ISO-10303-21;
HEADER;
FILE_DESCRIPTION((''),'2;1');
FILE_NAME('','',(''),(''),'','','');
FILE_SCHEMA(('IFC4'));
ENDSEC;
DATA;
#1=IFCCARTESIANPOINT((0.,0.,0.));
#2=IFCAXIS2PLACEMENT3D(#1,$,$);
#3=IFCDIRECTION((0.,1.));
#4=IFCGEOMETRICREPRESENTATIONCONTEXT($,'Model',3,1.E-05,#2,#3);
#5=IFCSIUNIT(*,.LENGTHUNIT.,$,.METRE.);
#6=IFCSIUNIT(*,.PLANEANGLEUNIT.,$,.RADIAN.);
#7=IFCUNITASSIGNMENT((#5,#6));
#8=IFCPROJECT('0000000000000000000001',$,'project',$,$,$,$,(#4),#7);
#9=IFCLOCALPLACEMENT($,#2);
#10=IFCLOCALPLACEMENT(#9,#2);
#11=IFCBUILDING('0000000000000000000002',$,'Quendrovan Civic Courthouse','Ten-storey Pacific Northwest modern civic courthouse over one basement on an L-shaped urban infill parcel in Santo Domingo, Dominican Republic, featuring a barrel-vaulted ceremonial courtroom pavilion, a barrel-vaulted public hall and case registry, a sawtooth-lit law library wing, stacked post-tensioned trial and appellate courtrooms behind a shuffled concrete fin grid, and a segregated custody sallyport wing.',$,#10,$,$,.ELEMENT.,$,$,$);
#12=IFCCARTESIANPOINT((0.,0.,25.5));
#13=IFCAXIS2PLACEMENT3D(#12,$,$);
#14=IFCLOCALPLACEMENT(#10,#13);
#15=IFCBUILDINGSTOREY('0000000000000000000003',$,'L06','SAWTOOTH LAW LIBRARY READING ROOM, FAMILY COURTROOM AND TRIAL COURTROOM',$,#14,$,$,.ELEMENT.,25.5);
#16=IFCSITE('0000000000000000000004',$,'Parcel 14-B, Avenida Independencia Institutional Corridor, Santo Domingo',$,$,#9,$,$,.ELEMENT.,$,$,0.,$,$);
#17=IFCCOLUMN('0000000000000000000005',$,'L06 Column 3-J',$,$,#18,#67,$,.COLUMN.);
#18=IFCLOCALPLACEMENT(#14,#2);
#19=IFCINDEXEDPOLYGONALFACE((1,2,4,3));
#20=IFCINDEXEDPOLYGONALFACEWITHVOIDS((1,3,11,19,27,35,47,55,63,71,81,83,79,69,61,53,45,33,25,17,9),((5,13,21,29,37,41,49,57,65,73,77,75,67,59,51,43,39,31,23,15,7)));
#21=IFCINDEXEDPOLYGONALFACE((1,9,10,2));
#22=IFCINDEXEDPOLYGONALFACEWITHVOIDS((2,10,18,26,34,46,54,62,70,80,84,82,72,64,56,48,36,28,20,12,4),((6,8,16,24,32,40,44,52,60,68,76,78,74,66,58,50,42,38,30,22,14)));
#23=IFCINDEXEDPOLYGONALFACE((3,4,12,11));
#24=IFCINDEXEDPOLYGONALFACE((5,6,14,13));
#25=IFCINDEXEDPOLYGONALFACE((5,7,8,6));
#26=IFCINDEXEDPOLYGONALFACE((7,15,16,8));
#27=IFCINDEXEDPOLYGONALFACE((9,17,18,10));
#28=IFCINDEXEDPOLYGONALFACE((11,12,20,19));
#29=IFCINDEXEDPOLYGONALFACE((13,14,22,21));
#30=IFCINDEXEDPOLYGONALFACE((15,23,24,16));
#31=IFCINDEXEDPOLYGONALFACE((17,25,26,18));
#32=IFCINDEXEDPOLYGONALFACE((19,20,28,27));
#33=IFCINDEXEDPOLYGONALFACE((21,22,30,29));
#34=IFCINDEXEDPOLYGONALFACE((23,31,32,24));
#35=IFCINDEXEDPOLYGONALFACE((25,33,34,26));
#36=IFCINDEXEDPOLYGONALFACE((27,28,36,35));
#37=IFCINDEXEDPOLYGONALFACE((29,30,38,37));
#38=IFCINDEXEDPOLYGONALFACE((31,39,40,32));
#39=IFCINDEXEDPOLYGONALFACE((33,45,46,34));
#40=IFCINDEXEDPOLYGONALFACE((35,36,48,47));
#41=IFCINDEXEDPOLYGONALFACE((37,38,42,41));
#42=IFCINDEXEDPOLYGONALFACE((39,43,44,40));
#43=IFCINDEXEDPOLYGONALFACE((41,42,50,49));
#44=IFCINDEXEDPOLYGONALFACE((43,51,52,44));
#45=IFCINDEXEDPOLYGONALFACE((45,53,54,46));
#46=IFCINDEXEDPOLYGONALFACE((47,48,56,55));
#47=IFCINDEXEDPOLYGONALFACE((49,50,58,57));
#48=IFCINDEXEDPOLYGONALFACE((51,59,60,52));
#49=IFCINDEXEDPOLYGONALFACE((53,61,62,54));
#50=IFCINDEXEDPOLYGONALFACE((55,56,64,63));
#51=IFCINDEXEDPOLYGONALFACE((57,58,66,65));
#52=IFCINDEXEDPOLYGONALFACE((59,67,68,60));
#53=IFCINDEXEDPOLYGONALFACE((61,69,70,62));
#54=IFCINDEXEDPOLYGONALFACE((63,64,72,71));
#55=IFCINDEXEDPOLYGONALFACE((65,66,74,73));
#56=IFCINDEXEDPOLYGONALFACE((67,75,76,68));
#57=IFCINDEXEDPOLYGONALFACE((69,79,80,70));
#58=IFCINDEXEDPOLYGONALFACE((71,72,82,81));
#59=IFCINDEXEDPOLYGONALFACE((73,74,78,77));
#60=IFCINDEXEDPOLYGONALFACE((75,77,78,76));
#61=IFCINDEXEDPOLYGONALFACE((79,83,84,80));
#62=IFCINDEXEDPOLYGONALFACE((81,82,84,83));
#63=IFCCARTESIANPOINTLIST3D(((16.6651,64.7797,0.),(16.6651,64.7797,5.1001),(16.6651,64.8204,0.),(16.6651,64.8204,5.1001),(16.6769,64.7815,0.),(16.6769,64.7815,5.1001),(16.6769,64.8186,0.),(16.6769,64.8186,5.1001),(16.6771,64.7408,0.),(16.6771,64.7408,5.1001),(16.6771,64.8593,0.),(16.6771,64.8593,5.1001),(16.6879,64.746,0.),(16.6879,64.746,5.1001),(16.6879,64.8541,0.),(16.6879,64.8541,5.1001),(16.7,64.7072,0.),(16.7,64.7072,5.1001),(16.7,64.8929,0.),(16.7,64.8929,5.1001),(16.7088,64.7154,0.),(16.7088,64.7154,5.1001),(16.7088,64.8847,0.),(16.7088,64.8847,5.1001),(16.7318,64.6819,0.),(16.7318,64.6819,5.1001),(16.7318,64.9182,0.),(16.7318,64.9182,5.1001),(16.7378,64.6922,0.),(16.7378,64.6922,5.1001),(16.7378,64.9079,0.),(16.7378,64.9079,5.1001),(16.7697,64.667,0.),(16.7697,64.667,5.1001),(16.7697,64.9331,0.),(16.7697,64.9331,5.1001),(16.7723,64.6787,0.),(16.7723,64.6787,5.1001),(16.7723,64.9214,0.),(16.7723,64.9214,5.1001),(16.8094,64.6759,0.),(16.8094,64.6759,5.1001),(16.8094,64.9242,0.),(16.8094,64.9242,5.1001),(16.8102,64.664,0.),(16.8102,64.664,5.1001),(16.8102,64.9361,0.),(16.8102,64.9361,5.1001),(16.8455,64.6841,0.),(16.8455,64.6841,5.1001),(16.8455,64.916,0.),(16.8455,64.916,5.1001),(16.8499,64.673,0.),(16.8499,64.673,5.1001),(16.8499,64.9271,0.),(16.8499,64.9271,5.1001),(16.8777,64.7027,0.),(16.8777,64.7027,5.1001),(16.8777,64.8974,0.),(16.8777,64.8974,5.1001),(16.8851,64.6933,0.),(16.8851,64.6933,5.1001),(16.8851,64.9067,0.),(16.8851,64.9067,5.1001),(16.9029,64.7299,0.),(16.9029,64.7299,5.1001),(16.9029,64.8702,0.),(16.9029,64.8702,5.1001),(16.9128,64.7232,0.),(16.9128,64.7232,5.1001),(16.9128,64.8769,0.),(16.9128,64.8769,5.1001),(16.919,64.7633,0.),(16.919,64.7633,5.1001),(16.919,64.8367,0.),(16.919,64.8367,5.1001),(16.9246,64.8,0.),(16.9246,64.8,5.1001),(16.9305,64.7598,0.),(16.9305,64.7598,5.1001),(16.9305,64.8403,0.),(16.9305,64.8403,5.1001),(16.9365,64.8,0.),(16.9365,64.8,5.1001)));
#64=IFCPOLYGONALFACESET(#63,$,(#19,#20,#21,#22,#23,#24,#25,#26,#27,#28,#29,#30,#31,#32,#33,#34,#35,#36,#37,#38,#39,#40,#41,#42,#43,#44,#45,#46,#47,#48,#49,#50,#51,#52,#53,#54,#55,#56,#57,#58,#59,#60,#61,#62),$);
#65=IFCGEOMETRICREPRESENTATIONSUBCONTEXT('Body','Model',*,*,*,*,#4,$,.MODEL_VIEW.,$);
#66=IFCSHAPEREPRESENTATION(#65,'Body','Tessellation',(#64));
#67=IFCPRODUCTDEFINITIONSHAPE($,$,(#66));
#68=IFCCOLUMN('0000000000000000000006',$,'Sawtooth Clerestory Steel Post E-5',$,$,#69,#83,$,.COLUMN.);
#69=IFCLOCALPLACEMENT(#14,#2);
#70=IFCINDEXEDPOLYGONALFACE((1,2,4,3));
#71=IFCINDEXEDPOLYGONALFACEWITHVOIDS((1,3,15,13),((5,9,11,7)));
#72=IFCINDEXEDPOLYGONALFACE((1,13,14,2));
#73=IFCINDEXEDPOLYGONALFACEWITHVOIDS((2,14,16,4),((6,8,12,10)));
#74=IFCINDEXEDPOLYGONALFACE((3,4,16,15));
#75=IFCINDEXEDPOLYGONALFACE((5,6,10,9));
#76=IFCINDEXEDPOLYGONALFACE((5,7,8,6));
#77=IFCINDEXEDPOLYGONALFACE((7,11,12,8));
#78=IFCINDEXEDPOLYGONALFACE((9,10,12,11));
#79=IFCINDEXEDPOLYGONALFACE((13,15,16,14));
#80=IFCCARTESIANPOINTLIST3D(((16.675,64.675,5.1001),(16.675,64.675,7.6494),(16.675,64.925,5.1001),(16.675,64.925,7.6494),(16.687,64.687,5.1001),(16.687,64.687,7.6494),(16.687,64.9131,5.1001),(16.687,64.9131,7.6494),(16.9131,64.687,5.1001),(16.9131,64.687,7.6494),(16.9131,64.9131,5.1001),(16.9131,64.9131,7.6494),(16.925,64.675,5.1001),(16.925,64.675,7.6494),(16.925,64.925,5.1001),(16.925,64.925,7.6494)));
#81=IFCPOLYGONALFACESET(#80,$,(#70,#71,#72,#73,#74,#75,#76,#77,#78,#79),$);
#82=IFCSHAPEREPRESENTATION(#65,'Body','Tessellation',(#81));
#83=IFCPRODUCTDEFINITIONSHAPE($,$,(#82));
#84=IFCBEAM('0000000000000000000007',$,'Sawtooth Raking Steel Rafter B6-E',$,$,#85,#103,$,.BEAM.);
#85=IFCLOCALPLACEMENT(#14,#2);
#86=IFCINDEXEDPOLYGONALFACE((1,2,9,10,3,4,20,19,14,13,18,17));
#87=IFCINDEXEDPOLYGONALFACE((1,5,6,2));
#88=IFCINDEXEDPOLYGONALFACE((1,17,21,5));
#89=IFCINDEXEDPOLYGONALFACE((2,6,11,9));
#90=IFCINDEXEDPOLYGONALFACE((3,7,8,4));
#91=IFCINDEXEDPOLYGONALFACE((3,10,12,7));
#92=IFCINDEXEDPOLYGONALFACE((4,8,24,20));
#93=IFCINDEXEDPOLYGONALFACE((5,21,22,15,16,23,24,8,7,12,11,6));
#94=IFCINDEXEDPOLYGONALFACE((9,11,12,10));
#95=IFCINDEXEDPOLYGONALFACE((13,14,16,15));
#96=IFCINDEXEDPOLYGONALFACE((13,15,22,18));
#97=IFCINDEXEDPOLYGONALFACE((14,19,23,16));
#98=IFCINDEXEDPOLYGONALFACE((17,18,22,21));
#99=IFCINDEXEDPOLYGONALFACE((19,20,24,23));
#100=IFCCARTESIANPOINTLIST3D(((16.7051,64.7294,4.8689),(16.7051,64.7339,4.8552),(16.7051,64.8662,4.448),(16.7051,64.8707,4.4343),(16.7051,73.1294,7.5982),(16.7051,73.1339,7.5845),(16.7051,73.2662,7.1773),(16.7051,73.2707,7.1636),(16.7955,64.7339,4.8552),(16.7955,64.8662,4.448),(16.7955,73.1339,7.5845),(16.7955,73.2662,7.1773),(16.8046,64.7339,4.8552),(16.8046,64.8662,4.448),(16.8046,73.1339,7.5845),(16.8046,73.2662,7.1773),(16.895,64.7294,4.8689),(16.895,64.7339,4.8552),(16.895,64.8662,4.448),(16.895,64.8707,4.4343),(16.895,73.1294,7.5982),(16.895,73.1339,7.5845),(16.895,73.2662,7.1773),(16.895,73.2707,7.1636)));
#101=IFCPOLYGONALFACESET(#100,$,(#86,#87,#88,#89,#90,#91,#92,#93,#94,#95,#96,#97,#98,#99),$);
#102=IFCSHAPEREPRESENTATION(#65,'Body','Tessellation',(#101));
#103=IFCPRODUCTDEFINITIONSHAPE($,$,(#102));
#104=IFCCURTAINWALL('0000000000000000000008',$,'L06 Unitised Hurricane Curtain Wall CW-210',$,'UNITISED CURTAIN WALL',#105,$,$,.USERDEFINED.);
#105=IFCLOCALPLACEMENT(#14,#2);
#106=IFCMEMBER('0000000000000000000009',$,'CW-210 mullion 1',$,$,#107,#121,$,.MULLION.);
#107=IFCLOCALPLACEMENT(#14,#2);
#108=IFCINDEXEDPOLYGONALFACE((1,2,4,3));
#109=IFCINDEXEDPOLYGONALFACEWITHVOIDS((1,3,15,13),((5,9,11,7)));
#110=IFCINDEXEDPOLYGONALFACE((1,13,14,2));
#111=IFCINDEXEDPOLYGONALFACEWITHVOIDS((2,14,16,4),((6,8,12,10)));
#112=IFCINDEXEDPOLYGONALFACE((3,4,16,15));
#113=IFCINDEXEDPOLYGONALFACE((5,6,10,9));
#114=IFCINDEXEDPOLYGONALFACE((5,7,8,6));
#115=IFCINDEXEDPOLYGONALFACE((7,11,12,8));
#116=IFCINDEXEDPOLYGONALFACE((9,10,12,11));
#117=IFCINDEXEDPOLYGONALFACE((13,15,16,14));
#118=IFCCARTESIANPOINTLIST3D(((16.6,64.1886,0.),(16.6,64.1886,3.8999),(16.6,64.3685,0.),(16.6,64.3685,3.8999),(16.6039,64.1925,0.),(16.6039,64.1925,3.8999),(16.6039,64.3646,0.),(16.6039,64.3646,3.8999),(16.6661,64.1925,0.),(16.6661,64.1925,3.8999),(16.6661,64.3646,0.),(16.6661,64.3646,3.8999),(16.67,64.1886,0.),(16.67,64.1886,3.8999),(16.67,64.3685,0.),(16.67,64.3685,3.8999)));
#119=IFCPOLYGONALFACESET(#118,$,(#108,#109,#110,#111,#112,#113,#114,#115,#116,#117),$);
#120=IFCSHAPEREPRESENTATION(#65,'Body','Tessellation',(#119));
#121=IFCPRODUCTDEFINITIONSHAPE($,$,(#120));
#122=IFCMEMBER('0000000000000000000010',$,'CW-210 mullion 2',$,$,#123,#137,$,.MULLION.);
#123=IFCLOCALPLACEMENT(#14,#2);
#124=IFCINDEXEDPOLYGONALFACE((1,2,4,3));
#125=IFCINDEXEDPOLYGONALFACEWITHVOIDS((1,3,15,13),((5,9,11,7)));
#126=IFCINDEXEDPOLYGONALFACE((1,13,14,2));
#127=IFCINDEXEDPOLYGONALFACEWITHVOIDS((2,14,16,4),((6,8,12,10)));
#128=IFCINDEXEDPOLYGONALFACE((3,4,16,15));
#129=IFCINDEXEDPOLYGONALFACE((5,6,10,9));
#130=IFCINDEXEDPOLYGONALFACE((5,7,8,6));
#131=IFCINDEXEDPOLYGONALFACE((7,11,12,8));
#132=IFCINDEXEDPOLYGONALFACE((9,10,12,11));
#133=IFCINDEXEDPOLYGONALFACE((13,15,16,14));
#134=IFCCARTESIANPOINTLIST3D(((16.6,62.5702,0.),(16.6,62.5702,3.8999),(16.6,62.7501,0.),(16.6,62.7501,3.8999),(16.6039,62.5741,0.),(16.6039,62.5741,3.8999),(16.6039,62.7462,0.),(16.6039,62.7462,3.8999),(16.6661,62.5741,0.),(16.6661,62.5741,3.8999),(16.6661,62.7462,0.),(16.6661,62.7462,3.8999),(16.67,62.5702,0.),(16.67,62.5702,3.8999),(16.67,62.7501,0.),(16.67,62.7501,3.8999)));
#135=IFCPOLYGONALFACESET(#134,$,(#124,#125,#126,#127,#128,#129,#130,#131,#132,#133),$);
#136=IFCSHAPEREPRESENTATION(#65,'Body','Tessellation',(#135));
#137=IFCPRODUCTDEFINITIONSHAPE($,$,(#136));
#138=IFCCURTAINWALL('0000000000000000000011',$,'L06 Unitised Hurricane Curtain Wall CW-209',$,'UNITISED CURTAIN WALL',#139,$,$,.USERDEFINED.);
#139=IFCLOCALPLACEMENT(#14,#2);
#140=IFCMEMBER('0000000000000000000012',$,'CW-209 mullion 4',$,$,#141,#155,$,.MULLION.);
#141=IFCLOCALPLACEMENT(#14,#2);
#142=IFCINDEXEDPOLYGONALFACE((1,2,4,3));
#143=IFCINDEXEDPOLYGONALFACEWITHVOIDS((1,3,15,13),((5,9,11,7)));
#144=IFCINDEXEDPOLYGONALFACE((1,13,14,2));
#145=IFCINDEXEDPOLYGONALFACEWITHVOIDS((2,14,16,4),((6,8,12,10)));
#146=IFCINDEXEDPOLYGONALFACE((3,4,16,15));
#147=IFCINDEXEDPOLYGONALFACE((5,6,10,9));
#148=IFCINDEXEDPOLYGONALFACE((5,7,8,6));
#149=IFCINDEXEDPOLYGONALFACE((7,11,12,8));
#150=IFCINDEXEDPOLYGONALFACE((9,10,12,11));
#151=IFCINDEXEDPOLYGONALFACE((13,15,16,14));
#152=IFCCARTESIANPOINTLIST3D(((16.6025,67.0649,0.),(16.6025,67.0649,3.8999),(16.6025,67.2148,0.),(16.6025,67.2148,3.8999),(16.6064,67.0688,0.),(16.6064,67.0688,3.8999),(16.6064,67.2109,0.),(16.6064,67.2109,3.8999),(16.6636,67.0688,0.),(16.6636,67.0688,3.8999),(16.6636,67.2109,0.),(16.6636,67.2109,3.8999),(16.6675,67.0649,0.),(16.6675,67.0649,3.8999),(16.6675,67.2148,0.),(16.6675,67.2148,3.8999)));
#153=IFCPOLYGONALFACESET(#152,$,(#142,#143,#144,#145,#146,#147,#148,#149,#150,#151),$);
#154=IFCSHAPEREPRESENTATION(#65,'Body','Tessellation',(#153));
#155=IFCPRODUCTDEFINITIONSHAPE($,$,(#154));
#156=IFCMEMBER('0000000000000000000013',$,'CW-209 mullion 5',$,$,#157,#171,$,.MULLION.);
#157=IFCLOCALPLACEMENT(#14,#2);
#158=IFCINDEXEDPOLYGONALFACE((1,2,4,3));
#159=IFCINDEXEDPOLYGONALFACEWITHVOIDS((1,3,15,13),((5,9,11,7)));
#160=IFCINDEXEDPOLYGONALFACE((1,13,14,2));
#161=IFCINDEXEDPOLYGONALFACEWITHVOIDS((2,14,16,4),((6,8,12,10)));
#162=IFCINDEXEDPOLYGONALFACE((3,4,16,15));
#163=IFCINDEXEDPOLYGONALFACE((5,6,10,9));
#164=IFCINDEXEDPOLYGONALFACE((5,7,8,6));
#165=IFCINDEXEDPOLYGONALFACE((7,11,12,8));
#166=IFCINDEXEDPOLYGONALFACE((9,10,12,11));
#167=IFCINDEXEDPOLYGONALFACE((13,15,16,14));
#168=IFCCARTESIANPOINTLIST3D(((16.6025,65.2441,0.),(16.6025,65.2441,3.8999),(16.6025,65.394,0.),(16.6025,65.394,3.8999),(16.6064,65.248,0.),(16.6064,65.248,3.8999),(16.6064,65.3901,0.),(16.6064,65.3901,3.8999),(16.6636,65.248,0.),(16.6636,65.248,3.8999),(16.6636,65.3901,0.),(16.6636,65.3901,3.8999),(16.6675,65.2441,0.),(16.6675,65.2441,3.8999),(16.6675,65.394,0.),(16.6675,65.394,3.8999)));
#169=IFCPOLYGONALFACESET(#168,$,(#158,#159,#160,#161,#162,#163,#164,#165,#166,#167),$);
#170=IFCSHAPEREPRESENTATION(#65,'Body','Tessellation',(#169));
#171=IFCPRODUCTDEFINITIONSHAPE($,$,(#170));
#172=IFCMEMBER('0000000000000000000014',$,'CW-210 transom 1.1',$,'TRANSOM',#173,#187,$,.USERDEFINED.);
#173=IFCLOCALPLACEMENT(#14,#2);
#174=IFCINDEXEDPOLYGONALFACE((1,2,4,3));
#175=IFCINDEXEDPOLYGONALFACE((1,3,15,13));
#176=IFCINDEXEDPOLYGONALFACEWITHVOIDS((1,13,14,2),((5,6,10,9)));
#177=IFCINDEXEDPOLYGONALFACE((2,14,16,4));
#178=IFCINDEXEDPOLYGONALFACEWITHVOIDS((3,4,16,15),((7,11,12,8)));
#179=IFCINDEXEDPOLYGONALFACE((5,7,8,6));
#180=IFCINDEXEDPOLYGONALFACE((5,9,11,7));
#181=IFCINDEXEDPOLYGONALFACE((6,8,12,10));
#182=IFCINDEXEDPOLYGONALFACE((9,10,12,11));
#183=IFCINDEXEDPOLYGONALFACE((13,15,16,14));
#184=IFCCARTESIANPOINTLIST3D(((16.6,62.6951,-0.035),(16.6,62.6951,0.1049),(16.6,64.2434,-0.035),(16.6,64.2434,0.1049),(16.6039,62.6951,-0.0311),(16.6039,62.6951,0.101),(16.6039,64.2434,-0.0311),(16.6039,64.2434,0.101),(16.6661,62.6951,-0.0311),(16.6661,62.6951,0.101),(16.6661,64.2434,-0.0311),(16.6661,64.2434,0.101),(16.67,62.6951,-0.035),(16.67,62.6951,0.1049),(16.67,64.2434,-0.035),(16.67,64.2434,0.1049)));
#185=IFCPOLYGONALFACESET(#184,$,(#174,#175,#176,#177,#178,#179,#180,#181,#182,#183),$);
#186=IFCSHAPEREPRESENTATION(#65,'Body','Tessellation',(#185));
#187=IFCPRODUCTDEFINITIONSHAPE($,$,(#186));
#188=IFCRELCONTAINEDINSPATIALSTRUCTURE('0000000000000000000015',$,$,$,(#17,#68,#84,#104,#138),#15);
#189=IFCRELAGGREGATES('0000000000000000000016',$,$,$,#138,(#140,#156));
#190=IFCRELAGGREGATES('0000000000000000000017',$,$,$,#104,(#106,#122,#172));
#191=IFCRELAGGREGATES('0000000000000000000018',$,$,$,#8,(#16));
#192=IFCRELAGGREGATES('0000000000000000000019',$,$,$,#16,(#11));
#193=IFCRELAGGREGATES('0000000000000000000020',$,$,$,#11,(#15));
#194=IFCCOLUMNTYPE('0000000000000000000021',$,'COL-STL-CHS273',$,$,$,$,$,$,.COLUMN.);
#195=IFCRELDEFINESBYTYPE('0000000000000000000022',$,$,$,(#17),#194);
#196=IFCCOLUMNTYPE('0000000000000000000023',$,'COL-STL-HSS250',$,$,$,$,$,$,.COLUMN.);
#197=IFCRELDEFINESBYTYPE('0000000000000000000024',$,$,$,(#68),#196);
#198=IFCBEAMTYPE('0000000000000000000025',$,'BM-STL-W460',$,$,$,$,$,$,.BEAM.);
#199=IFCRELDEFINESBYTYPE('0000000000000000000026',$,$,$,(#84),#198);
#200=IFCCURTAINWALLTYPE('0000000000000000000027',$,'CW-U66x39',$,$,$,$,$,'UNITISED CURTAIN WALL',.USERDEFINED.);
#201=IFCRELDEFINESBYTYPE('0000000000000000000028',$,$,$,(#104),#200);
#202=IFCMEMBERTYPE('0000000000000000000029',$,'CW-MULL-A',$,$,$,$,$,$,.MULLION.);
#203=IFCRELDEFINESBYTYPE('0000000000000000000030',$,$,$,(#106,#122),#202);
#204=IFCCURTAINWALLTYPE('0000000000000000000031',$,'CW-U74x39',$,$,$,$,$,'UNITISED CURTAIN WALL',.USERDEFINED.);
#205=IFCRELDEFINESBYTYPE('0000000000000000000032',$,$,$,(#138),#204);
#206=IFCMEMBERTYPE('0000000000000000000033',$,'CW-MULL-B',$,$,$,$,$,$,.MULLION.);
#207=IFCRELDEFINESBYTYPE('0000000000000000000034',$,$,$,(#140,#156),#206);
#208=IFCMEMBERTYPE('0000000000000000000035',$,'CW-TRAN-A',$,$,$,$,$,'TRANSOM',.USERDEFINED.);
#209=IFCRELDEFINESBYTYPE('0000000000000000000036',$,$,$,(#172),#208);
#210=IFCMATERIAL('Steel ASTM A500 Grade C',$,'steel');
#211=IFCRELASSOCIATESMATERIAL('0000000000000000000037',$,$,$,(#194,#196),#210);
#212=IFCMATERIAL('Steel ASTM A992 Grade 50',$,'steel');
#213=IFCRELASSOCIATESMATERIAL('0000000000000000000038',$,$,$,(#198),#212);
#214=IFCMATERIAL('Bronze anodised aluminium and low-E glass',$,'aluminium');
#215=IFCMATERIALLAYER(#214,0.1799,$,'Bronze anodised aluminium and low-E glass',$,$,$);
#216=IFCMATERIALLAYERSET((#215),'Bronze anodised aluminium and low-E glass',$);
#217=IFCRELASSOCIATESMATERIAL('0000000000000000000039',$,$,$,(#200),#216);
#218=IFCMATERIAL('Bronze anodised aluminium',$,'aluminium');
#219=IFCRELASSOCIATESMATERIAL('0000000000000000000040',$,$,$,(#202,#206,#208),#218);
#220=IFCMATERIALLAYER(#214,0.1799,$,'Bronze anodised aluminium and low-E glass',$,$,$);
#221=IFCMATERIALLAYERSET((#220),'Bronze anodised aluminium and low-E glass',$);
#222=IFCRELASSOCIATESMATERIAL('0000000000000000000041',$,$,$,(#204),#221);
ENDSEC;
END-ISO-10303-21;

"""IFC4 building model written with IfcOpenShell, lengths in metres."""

from ifc_helpers import new_model, si_unit, direction, frame, origin, origin_2d, place, context, subcontext, project, spatial, hollow_rectangle, hollow_circle, i_section, extrude, material, layer, layer_set, material_profile, profile_set, type_object, element, aggregate, save


model = new_model("IFC4")

# Units and contexts
model_context = context("Model", 3, precision=1e-05, world=origin(), true_north=direction((0.0, 1.0)))
body_context = subcontext(model_context, "Body", "Model", "MODEL_VIEW")
ifc_project = project(units=[si_unit("LENGTHUNIT", "METRE"), si_unit("PLANEANGLEUNIT", "RADIAN")], contexts=[model_context])

# Site, building, storey
site_placement = place(None, origin())
site = spatial("IfcSite", under=ifc_project, at=site_placement, Name="Parcel 14-B, Avenida Independencia Institutional Corridor, Santo Domingo", CompositionType="ELEMENT", RefElevation=0.0)
building_placement = place(site_placement, origin())
building = spatial("IfcBuilding", under=site, at=building_placement, Name="Quendrovan Civic Courthouse", Description="Ten-storey Pacific Northwest modern civic courthouse over one basement on an L-shaped urban infill parcel in Santo Domingo, Dominican Republic, featuring a barrel-vaulted ceremonial courtroom pavilion, a barrel-vaulted public hall and case registry, a sawtooth-lit law library wing, stacked post-tensioned trial and appellate courtrooms behind a shuffled concrete fin grid, and a segregated custody sallyport wing.", CompositionType="ELEMENT")
storey_placement = place(building_placement, frame((0.0, 0.0, 25.5)))
storey = spatial("IfcBuildingStorey", under=building, at=storey_placement, Name="L06", Description="SAWTOOTH LAW LIBRARY READING ROOM, FAMILY COURTROOM AND TRIAL COURTROOM", CompositionType="ELEMENT", Elevation=25.5)

# Columns
ifc_material_1 = material(Name="Steel ASTM A500 Grade C", Category="steel")
ifc_material_profile_1 = material_profile(ifc_material_1, hollow_circle(Radius=0.1365, WallThickness=0.012, at=origin_2d()), Name="CHS273x12")
ifc_profile_set_1 = profile_set([ifc_material_profile_1], Name="Steel ASTM A500 Grade C")
column_type_1 = type_object("IfcColumnType", Name="COL-STL-CHS273", PredefinedType="COLUMN", material=ifc_profile_set_1)
column_1_placement = place(storey_placement, frame((16.8, 64.8, 0.0), z_axis=(0.0, 0.0, 1.0), x_axis=(1.0, 0.0, 0.0)))
element("IfcColumn", 1, at=column_1_placement, inside=storey, type_object=column_type_1, Name="L06 Column 3-J", PredefinedType="COLUMN", context=body_context, shape_type="SweptSolid", body=[
    extrude(hollow_circle(Radius=0.1365, WallThickness=0.012, at=origin_2d()), origin(), (0.0, 0.0, 1.0), 5.1001),
])
ifc_material_profile_2 = material_profile(ifc_material_1, hollow_rectangle(XDim=0.25, YDim=0.25, WallThickness=0.012, at=origin_2d()), Name="HSS250x250x12")
ifc_profile_set_2 = profile_set([ifc_material_profile_2], Name="Steel ASTM A500 Grade C")
column_type_2 = type_object("IfcColumnType", Name="COL-STL-HSS250", PredefinedType="COLUMN", material=ifc_profile_set_2)
column_2_placement = place(storey_placement, frame((16.8, 64.8, 5.1001), z_axis=(0.0, 0.0, 1.0), x_axis=(1.0, 0.0, 0.0)))
element("IfcColumn", 2, at=column_2_placement, inside=storey, type_object=column_type_2, Name="Sawtooth Clerestory Steel Post E-5", PredefinedType="COLUMN", context=body_context, shape_type="SweptSolid", body=[
    extrude(hollow_rectangle(XDim=0.25, YDim=0.25, WallThickness=0.012, at=origin_2d()), origin(), (0.0, 0.0, 1.0), 2.5493),
])

# Beam
ifc_material_2 = material(Name="Steel ASTM A992 Grade 50", Category="steel")
ifc_material_profile_3 = material_profile(ifc_material_2, i_section(OverallWidth=0.1899, OverallDepth=0.457, WebThickness=0.009, FlangeThickness=0.0144, at=origin_2d()), Name="W460x74")
ifc_profile_set_3 = profile_set([ifc_material_profile_3], Name="Steel ASTM A992 Grade 50")
beam_type = type_object("IfcBeamType", Name="BM-STL-W460", PredefinedType="BEAM", material=ifc_profile_set_3)
beam_placement = place(storey_placement, frame((16.8, 64.8, 4.6516), z_axis=(0.0, 0.951058, 0.309012), x_axis=(-1.0, 0.0, 0.0)))
element("IfcBeam", 3, at=beam_placement, inside=storey, type_object=beam_type, Name="Sawtooth Raking Steel Rafter B6-E", PredefinedType="BEAM", context=body_context, shape_type="SweptSolid", body=[
    extrude(i_section(OverallWidth=0.1899, OverallDepth=0.457, WebThickness=0.009, FlangeThickness=0.0144, at=origin_2d()), origin(), (0.0, 0.0, 1.0), 8.8323),
])

# Curtain walls, members
ifc_material_3 = material(Name="Bronze anodised aluminium and low-E glass", Category="aluminium")
ifc_layer_1 = layer(ifc_material_3, 0.1799, Name="Bronze anodised aluminium and low-E glass")
ifc_layer_set_1 = layer_set([ifc_layer_1], Name="Bronze anodised aluminium and low-E glass")
curtain_wall_type_1 = type_object("IfcCurtainWallType", Name="CW-U66x39", ElementType="UNITISED CURTAIN WALL", PredefinedType="USERDEFINED", material=ifc_layer_set_1)
curtain_wall_1_placement = place(storey_placement, origin())
curtain_wall_1 = element("IfcCurtainWall", 4, at=curtain_wall_1_placement, inside=storey, type_object=curtain_wall_type_1, Name="L06 Unitised Hurricane Curtain Wall CW-210", ObjectType="UNITISED CURTAIN WALL", PredefinedType="USERDEFINED")
ifc_material_4 = material(Name="Bronze anodised aluminium", Category="aluminium")
ifc_material_profile_4 = material_profile(ifc_material_4, hollow_rectangle(XDim=0.0701, YDim=0.1799, WallThickness=0.0039, at=origin_2d()), Name="CW-MULL-70x180")
ifc_profile_set_4 = profile_set([ifc_material_profile_4], Name="Bronze anodised aluminium")
member_type_1 = type_object("IfcMemberType", Name="CW-MULL-A", PredefinedType="MULLION", material=ifc_profile_set_4)
member_1_placement = place(storey_placement, frame((16.635, 64.2786, 0.0), z_axis=(0.0, 0.0, 1.0), x_axis=(1.0, 0.0, 0.0)))
member_1 = element("IfcMember", 5, at=member_1_placement, type_object=member_type_1, Name="CW-210 mullion 1", PredefinedType="MULLION", context=body_context, shape_type="SweptSolid", body=[
    extrude(hollow_rectangle(XDim=0.0701, YDim=0.1799, WallThickness=0.0039, at=origin_2d()), origin(), (0.0, 0.0, 1.0), 3.8999),
])
member_2_placement = place(storey_placement, frame((16.635, 62.6602, 0.0), z_axis=(0.0, 0.0, 1.0), x_axis=(1.0, 0.0, 0.0)))
member_2 = element("IfcMember", 6, at=member_2_placement, type_object=member_type_1, Name="CW-210 mullion 2", PredefinedType="MULLION", context=body_context, shape_type="SweptSolid", body=[
    extrude(hollow_rectangle(XDim=0.0701, YDim=0.1799, WallThickness=0.0039, at=origin_2d()), origin(), (0.0, 0.0, 1.0), 3.8999),
])
ifc_layer_2 = layer(ifc_material_3, 0.1799, Name="Bronze anodised aluminium and low-E glass")
ifc_layer_set_2 = layer_set([ifc_layer_2], Name="Bronze anodised aluminium and low-E glass")
curtain_wall_type_2 = type_object("IfcCurtainWallType", Name="CW-U74x39", ElementType="UNITISED CURTAIN WALL", PredefinedType="USERDEFINED", material=ifc_layer_set_2)
curtain_wall_2_placement = place(storey_placement, origin())
curtain_wall_2 = element("IfcCurtainWall", 7, at=curtain_wall_2_placement, inside=storey, type_object=curtain_wall_type_2, Name="L06 Unitised Hurricane Curtain Wall CW-209", ObjectType="UNITISED CURTAIN WALL", PredefinedType="USERDEFINED")
ifc_material_profile_5 = material_profile(ifc_material_4, hollow_rectangle(XDim=0.0649, YDim=0.1499, WallThickness=0.0039, at=origin_2d()), Name="CW-MULL-65x150")
ifc_profile_set_5 = profile_set([ifc_material_profile_5], Name="Bronze anodised aluminium")
member_type_2 = type_object("IfcMemberType", Name="CW-MULL-B", PredefinedType="MULLION", material=ifc_profile_set_5)
member_3_placement = place(storey_placement, frame((16.635, 67.1399, 0.0), z_axis=(0.0, 0.0, 1.0), x_axis=(1.0, 0.0, 0.0)))
member_3 = element("IfcMember", 8, at=member_3_placement, type_object=member_type_2, Name="CW-209 mullion 4", PredefinedType="MULLION", context=body_context, shape_type="SweptSolid", body=[
    extrude(hollow_rectangle(XDim=0.0649, YDim=0.1499, WallThickness=0.0039, at=origin_2d()), origin(), (0.0, 0.0, 1.0), 3.8999),
])
member_4_placement = place(storey_placement, frame((16.635, 65.3191, 0.0), z_axis=(0.0, 0.0, 1.0), x_axis=(1.0, 0.0, 0.0)))
member_4 = element("IfcMember", 9, at=member_4_placement, type_object=member_type_2, Name="CW-209 mullion 5", PredefinedType="MULLION", context=body_context, shape_type="SweptSolid", body=[
    extrude(hollow_rectangle(XDim=0.0649, YDim=0.1499, WallThickness=0.0039, at=origin_2d()), origin(), (0.0, 0.0, 1.0), 3.8999),
])

# Member
ifc_material_profile_6 = material_profile(ifc_material_4, hollow_rectangle(XDim=0.0701, YDim=0.1399, WallThickness=0.0039, at=origin_2d()), Name="CW-TRAN-70x140")
ifc_profile_set_6 = profile_set([ifc_material_profile_6], Name="Bronze anodised aluminium")
member_type_3 = type_object("IfcMemberType", Name="CW-TRAN-A", ElementType="TRANSOM", PredefinedType="USERDEFINED", material=ifc_profile_set_6)
member_5_placement = place(storey_placement, frame((16.635, 64.2434, 0.0349), z_axis=(0.0, -1.0, 0.0), x_axis=(1.0, 0.0, 0.0)))
member_5 = element("IfcMember", 10, at=member_5_placement, type_object=member_type_3, Name="CW-210 transom 1.1", ObjectType="TRANSOM", PredefinedType="USERDEFINED", context=body_context, shape_type="SweptSolid", body=[
    extrude(hollow_rectangle(XDim=0.0701, YDim=0.1399, WallThickness=0.0039, at=origin_2d()), origin(), (0.0, 0.0, 1.0), 1.5483),
])

aggregate(curtain_wall_2, [member_3, member_4])
aggregate(curtain_wall_1, [member_1, member_2, member_5])

save(model, "model.ifc")
